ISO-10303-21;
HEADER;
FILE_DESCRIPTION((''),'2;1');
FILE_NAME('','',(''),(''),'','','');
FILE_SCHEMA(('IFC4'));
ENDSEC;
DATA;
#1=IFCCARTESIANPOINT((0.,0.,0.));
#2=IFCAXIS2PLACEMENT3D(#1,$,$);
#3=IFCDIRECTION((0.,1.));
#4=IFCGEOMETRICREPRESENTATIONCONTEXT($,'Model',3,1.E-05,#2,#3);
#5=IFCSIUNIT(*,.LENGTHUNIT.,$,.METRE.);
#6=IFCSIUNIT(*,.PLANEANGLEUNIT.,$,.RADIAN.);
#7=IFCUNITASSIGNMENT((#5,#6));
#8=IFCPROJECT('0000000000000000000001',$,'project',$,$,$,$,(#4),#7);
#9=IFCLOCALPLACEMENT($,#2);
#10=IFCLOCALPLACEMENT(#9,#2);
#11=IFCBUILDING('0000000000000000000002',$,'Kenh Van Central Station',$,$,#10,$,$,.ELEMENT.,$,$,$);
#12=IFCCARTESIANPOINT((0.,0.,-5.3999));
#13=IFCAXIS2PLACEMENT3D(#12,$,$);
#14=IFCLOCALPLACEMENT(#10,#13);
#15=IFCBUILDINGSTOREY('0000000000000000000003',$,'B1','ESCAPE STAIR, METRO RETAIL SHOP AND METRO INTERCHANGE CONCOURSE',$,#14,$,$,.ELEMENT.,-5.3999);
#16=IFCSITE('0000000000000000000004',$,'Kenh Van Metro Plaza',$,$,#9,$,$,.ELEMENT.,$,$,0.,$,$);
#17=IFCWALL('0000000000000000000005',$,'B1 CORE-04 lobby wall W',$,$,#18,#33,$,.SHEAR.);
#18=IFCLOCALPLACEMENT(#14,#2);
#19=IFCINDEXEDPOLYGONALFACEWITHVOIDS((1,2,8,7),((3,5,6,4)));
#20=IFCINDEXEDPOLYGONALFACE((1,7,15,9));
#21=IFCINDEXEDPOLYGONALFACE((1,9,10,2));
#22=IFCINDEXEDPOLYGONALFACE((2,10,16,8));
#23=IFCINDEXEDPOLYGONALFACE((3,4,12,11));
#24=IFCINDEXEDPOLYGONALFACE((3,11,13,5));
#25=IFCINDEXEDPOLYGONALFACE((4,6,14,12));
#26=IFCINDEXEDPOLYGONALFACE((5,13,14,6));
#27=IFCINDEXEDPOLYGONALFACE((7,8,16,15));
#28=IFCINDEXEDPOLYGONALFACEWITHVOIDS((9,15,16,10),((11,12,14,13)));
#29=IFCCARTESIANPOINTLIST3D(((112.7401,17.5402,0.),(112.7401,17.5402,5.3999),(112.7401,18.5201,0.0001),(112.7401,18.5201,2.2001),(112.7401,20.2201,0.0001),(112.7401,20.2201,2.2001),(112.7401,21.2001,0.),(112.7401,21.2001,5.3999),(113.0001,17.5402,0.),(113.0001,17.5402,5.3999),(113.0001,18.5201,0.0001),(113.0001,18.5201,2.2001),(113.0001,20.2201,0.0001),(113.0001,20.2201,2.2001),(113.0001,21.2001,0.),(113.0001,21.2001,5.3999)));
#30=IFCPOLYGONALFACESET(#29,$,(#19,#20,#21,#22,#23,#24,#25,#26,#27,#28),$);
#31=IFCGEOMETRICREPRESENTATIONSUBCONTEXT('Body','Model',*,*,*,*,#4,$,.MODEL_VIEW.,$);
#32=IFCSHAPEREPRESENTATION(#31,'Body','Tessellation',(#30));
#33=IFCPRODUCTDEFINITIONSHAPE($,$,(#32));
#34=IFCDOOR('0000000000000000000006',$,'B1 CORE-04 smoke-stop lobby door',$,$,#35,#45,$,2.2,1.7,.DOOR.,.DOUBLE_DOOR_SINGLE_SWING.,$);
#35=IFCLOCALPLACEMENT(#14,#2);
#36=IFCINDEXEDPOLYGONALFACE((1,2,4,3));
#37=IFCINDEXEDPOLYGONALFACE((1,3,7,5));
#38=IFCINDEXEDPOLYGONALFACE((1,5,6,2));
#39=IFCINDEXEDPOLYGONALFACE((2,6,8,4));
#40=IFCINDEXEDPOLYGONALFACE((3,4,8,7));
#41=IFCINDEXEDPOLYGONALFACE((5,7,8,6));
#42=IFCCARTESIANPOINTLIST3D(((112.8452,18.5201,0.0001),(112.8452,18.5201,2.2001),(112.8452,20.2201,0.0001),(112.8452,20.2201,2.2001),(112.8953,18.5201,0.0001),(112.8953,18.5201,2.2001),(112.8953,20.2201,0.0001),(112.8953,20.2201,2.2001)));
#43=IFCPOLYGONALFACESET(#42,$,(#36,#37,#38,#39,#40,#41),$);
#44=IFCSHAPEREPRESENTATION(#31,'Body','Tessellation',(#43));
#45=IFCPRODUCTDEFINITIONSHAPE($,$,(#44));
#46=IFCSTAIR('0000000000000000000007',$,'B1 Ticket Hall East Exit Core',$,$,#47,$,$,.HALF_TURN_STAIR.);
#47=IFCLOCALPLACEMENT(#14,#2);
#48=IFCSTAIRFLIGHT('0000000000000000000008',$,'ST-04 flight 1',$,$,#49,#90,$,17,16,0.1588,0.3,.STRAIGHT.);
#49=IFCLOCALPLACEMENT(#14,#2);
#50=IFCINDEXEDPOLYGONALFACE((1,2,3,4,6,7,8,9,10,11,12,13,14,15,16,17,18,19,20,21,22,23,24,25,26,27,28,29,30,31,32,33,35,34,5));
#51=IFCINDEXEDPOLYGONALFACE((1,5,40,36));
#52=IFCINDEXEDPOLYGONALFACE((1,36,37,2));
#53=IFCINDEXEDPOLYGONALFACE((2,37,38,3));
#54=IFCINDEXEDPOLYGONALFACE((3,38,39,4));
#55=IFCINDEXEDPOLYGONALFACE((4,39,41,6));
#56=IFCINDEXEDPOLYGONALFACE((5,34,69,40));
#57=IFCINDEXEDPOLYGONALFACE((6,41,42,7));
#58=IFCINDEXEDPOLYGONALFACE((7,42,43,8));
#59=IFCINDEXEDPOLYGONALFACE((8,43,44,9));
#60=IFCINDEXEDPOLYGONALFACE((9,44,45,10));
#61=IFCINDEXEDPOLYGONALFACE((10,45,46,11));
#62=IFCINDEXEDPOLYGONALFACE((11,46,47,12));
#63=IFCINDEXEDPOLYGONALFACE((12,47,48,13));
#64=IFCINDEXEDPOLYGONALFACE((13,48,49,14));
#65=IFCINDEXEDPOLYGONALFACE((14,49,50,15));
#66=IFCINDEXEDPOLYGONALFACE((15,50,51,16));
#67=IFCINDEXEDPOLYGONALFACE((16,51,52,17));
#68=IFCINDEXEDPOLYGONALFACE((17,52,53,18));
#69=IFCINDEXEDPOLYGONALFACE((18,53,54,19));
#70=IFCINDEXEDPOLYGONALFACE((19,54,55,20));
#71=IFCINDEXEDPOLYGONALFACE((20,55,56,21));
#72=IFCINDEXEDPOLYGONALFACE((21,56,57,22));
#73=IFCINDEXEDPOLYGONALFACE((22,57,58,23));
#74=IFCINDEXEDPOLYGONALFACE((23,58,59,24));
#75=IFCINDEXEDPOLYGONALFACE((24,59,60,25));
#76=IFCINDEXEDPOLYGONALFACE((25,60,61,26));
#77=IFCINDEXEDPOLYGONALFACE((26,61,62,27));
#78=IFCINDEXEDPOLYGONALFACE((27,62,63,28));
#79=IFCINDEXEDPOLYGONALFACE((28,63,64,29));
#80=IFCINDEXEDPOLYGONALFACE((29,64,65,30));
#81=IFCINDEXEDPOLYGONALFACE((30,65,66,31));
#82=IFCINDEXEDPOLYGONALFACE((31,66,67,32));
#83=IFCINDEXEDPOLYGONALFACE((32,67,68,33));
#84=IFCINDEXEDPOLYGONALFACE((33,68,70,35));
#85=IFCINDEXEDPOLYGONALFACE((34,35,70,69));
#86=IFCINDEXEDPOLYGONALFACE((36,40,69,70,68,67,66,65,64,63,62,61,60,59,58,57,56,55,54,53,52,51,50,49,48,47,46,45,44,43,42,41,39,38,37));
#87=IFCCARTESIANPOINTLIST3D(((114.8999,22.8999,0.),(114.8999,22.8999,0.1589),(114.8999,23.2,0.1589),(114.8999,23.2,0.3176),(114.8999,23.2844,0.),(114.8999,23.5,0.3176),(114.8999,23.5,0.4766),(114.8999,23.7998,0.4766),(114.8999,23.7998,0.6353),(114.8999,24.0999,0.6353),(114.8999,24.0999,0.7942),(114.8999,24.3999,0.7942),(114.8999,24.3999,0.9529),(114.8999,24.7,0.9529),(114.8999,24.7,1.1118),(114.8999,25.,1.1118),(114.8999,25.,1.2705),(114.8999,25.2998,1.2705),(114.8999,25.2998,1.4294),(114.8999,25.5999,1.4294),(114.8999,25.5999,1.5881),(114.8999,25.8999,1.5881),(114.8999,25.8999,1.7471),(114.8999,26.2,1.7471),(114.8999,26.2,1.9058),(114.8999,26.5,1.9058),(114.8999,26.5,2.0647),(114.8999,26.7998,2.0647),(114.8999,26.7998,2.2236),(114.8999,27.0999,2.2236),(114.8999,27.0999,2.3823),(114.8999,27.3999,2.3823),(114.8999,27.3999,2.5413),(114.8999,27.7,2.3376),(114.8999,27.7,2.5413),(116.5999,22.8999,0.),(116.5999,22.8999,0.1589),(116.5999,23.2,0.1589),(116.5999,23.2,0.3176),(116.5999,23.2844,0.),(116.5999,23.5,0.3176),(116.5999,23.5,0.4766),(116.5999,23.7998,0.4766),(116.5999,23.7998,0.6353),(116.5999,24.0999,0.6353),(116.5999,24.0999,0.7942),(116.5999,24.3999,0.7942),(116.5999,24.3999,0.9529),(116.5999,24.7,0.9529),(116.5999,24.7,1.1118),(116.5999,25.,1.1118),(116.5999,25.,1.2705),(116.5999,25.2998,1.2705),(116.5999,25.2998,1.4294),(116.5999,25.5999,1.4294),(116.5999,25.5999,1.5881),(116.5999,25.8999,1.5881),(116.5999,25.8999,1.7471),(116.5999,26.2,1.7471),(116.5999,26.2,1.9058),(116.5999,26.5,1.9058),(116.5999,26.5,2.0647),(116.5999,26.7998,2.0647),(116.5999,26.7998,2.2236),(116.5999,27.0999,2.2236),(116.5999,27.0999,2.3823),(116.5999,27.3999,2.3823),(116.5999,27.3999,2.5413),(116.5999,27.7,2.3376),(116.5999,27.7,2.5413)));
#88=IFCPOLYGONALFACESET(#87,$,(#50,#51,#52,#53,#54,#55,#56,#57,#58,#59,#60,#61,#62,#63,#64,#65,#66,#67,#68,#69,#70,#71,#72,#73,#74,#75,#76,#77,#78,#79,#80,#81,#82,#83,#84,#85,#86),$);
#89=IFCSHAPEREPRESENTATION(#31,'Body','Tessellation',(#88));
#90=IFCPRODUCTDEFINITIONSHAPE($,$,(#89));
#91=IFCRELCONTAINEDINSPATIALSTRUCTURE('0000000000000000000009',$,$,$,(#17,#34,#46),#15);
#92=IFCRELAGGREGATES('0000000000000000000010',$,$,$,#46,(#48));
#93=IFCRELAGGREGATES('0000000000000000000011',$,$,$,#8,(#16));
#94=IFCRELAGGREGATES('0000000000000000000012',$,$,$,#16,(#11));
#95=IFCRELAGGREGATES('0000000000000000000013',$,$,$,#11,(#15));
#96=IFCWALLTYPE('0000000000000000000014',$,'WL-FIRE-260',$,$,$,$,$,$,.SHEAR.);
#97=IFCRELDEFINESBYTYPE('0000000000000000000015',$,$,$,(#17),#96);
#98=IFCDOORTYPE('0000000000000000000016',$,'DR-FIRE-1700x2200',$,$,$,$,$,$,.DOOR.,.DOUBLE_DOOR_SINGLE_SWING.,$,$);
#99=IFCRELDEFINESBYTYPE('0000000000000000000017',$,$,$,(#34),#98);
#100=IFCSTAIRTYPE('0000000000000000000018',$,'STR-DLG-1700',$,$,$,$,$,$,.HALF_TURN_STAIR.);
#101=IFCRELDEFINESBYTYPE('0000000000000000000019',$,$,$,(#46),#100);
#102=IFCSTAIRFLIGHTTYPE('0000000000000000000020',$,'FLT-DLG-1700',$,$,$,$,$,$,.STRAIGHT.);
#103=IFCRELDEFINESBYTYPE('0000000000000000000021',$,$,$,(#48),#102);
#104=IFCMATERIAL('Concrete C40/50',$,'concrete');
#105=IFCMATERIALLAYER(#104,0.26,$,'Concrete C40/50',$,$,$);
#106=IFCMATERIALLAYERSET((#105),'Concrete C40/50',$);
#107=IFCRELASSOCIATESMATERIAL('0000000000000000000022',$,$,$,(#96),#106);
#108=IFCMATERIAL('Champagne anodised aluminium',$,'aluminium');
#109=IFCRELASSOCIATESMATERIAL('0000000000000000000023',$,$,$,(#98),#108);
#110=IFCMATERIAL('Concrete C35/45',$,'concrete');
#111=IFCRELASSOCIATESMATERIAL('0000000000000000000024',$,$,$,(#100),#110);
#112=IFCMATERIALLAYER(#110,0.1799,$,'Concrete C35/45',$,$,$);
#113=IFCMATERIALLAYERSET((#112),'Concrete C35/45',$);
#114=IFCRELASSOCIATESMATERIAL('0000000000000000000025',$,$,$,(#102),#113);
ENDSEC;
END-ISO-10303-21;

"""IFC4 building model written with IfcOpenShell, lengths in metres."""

from ifc_helpers import new_model, si_unit, direction, frame, frame_2d, origin, place, context, subcontext, project, spatial, polyline, rectangle, outline, extrude, material, layer, layer_set, type_object, element, fill, aggregate, save


model = new_model("IFC4")

# Units and contexts
model_context = context("Model", 3, precision=1e-05, world=origin(), true_north=direction((0.0, 1.0)))
body_context = subcontext(model_context, "Body", "Model", "MODEL_VIEW")
ifc_project = project(units=[si_unit("LENGTHUNIT", "METRE"), si_unit("PLANEANGLEUNIT", "RADIAN")], contexts=[model_context])

# Site, building, storey
site_placement = place(None, origin())
site = spatial("IfcSite", under=ifc_project, at=site_placement, Name="Kenh Van Metro Plaza", CompositionType="ELEMENT", RefElevation=0.0)
building_placement = place(site_placement, origin())
building = spatial("IfcBuilding", under=site, at=building_placement, Name="Kenh Van Central Station", CompositionType="ELEMENT")
storey_placement = place(building_placement, frame((0.0, 0.0, -5.3999)))
storey = spatial("IfcBuildingStorey", under=building, at=storey_placement, Name="B1", Description="ESCAPE STAIR, METRO RETAIL SHOP AND METRO INTERCHANGE CONCOURSE", CompositionType="ELEMENT", Elevation=-5.3999)

# Shared definitions
ifc_material_1 = material(Name="Concrete C40/50", Category="concrete")

# Shared definitions
ifc_material_2 = material(Name="Concrete C35/45", Category="concrete")

# Shared definitions
ifc_material_3 = material(Name="Champagne anodised aluminium", Category="aluminium")

# Wall, opening, door
ifc_layer_1 = layer(ifc_material_1, 0.26, Name="Concrete C40/50")
ifc_layer_set_1 = layer_set([ifc_layer_1], Name="Concrete C40/50")
wall_type_1 = type_object("IfcWallType", Name="WL-FIRE-260", PredefinedType="SHEAR", material=ifc_layer_set_1)
wall_1_placement = place(storey_placement, frame((112.8701, 17.54, 0.0), z_axis=(0.0, 0.0, 1.0), x_axis=(0.0, 1.0, 0.0)))
wall_1 = element("IfcWall", 1, at=wall_1_placement, inside=storey, type_object=wall_type_1, Name="B1 CORE-04 lobby wall W", PredefinedType="SHEAR", context=body_context, shape_type="SweptSolid", body=[
    extrude(rectangle(XDim=3.6599, YDim=0.26, at=frame_2d((1.8301, 0.0))), origin(), (0.0, 0.0, 1.0), 5.3999),
])
opening_1_placement = place(wall_1_placement, frame((0.98, 0.0, 0.0)))
opening_1 = element("IfcOpeningElement", 2, at=opening_1_placement, cuts=wall_1, PredefinedType="OPENING", context=body_context, shape_type="SweptSolid", body=[
    extrude(rectangle(XDim=1.7, YDim=2.2, at=frame_2d((0.8501, 1.1001))), frame((0.0, 0.1399, 0.0), z_axis=(0.0, -1.0, 0.0), x_axis=(1.0, 0.0, 0.0)), (0.0, 0.0, 1.0), 0.28),
])
door_type_1 = type_object("IfcDoorType", Name="DR-FIRE-1700x2200", OperationType="DOUBLE_DOOR_SINGLE_SWING", PredefinedType="DOOR", material=ifc_material_3)
door_1_placement = place(opening_1_placement, origin())
door_1 = element("IfcDoor", 3, at=door_1_placement, inside=storey, type_object=door_type_1, Name="B1 CORE-04 smoke-stop lobby door", OperationType="DOUBLE_DOOR_SINGLE_SWING", OverallHeight=2.2, OverallWidth=1.7, PredefinedType="DOOR", context=body_context, shape_type="SweptSolid", body=[
    extrude(rectangle(XDim=1.7, YDim=2.2, at=frame_2d((0.8501, 1.1001))), frame((0.0, 0.0249, 0.0), z_axis=(0.0, -1.0, 0.0), x_axis=(1.0, 0.0, 0.0)), (0.0, 0.0, 1.0), 0.05),
])
fill(opening_1, door_1)

# Stair, stair flight
stair_type = type_object("IfcStairType", Name="STR-DLG-1700", PredefinedType="HALF_TURN_STAIR", material=ifc_material_2)
stair_placement = place(storey_placement, origin())
stair = element("IfcStair", 4, at=stair_placement, inside=storey, type_object=stair_type, Name="B1 Ticket Hall East Exit Core", PredefinedType="HALF_TURN_STAIR")
ifc_layer_2 = layer(ifc_material_2, 0.1799, Name="Concrete C35/45")
ifc_layer_set_2 = layer_set([ifc_layer_2], Name="Concrete C35/45")
stair_flight_type = type_object("IfcStairFlightType", Name="FLT-DLG-1700", PredefinedType="STRAIGHT", material=ifc_layer_set_2)
stair_flight_placement = place(storey_placement, frame((115.75, 22.8999, 0.0), z_axis=(0.0, 0.0, 1.0), x_axis=(0.0, 1.0, 0.0)))
stair_flight = element("IfcStairFlight", 5, at=stair_flight_placement, type_object=stair_flight_type, Name="ST-04 flight 1", NumberOfRisers=17, NumberOfTreads=16, PredefinedType="STRAIGHT", RiserHeight=0.1588, TreadLength=0.3, context=body_context, shape_type="SweptSolid", body=[
    extrude(outline(polyline([(0.0, 0.0), (0.0, 0.1589), (0.3, 0.1589), (0.3, 0.3176), (0.6001, 0.3176), (0.6001, 0.4766), (0.8999, 0.4766), (0.8999, 0.6353), (1.2, 0.6353), (1.2, 0.7942), (1.5, 0.7942), (1.5, 0.9529), (1.8, 0.9529), (1.8, 1.1118), (2.1001, 1.1118), (2.1001, 1.2705), (2.3999, 1.2705), (2.3999, 1.4294), (2.7, 1.4294), (2.7, 1.5881), (3.0, 1.5881), (3.0, 1.7471), (3.3, 1.7471), (3.3, 1.9058), (3.6001, 1.9058), (3.6001, 2.0647), (3.8999, 2.0647), (3.8999, 2.2236), (4.2, 2.2236), (4.2, 2.3823), (4.5, 2.3823), (4.5, 2.5413), (4.8, 2.5413), (4.8, 2.7), (4.8, 2.3376), (0.3845, 0.0), (0.0, 0.0)])), frame((0.0, 0.8501, 0.0), z_axis=(0.0, -1.0, 0.0), x_axis=(1.0, 0.0, 0.0)), (0.0, 0.0, 1.0), 1.7),
])
aggregate(stair, [stair_flight])

save(model, "model.ifc")
